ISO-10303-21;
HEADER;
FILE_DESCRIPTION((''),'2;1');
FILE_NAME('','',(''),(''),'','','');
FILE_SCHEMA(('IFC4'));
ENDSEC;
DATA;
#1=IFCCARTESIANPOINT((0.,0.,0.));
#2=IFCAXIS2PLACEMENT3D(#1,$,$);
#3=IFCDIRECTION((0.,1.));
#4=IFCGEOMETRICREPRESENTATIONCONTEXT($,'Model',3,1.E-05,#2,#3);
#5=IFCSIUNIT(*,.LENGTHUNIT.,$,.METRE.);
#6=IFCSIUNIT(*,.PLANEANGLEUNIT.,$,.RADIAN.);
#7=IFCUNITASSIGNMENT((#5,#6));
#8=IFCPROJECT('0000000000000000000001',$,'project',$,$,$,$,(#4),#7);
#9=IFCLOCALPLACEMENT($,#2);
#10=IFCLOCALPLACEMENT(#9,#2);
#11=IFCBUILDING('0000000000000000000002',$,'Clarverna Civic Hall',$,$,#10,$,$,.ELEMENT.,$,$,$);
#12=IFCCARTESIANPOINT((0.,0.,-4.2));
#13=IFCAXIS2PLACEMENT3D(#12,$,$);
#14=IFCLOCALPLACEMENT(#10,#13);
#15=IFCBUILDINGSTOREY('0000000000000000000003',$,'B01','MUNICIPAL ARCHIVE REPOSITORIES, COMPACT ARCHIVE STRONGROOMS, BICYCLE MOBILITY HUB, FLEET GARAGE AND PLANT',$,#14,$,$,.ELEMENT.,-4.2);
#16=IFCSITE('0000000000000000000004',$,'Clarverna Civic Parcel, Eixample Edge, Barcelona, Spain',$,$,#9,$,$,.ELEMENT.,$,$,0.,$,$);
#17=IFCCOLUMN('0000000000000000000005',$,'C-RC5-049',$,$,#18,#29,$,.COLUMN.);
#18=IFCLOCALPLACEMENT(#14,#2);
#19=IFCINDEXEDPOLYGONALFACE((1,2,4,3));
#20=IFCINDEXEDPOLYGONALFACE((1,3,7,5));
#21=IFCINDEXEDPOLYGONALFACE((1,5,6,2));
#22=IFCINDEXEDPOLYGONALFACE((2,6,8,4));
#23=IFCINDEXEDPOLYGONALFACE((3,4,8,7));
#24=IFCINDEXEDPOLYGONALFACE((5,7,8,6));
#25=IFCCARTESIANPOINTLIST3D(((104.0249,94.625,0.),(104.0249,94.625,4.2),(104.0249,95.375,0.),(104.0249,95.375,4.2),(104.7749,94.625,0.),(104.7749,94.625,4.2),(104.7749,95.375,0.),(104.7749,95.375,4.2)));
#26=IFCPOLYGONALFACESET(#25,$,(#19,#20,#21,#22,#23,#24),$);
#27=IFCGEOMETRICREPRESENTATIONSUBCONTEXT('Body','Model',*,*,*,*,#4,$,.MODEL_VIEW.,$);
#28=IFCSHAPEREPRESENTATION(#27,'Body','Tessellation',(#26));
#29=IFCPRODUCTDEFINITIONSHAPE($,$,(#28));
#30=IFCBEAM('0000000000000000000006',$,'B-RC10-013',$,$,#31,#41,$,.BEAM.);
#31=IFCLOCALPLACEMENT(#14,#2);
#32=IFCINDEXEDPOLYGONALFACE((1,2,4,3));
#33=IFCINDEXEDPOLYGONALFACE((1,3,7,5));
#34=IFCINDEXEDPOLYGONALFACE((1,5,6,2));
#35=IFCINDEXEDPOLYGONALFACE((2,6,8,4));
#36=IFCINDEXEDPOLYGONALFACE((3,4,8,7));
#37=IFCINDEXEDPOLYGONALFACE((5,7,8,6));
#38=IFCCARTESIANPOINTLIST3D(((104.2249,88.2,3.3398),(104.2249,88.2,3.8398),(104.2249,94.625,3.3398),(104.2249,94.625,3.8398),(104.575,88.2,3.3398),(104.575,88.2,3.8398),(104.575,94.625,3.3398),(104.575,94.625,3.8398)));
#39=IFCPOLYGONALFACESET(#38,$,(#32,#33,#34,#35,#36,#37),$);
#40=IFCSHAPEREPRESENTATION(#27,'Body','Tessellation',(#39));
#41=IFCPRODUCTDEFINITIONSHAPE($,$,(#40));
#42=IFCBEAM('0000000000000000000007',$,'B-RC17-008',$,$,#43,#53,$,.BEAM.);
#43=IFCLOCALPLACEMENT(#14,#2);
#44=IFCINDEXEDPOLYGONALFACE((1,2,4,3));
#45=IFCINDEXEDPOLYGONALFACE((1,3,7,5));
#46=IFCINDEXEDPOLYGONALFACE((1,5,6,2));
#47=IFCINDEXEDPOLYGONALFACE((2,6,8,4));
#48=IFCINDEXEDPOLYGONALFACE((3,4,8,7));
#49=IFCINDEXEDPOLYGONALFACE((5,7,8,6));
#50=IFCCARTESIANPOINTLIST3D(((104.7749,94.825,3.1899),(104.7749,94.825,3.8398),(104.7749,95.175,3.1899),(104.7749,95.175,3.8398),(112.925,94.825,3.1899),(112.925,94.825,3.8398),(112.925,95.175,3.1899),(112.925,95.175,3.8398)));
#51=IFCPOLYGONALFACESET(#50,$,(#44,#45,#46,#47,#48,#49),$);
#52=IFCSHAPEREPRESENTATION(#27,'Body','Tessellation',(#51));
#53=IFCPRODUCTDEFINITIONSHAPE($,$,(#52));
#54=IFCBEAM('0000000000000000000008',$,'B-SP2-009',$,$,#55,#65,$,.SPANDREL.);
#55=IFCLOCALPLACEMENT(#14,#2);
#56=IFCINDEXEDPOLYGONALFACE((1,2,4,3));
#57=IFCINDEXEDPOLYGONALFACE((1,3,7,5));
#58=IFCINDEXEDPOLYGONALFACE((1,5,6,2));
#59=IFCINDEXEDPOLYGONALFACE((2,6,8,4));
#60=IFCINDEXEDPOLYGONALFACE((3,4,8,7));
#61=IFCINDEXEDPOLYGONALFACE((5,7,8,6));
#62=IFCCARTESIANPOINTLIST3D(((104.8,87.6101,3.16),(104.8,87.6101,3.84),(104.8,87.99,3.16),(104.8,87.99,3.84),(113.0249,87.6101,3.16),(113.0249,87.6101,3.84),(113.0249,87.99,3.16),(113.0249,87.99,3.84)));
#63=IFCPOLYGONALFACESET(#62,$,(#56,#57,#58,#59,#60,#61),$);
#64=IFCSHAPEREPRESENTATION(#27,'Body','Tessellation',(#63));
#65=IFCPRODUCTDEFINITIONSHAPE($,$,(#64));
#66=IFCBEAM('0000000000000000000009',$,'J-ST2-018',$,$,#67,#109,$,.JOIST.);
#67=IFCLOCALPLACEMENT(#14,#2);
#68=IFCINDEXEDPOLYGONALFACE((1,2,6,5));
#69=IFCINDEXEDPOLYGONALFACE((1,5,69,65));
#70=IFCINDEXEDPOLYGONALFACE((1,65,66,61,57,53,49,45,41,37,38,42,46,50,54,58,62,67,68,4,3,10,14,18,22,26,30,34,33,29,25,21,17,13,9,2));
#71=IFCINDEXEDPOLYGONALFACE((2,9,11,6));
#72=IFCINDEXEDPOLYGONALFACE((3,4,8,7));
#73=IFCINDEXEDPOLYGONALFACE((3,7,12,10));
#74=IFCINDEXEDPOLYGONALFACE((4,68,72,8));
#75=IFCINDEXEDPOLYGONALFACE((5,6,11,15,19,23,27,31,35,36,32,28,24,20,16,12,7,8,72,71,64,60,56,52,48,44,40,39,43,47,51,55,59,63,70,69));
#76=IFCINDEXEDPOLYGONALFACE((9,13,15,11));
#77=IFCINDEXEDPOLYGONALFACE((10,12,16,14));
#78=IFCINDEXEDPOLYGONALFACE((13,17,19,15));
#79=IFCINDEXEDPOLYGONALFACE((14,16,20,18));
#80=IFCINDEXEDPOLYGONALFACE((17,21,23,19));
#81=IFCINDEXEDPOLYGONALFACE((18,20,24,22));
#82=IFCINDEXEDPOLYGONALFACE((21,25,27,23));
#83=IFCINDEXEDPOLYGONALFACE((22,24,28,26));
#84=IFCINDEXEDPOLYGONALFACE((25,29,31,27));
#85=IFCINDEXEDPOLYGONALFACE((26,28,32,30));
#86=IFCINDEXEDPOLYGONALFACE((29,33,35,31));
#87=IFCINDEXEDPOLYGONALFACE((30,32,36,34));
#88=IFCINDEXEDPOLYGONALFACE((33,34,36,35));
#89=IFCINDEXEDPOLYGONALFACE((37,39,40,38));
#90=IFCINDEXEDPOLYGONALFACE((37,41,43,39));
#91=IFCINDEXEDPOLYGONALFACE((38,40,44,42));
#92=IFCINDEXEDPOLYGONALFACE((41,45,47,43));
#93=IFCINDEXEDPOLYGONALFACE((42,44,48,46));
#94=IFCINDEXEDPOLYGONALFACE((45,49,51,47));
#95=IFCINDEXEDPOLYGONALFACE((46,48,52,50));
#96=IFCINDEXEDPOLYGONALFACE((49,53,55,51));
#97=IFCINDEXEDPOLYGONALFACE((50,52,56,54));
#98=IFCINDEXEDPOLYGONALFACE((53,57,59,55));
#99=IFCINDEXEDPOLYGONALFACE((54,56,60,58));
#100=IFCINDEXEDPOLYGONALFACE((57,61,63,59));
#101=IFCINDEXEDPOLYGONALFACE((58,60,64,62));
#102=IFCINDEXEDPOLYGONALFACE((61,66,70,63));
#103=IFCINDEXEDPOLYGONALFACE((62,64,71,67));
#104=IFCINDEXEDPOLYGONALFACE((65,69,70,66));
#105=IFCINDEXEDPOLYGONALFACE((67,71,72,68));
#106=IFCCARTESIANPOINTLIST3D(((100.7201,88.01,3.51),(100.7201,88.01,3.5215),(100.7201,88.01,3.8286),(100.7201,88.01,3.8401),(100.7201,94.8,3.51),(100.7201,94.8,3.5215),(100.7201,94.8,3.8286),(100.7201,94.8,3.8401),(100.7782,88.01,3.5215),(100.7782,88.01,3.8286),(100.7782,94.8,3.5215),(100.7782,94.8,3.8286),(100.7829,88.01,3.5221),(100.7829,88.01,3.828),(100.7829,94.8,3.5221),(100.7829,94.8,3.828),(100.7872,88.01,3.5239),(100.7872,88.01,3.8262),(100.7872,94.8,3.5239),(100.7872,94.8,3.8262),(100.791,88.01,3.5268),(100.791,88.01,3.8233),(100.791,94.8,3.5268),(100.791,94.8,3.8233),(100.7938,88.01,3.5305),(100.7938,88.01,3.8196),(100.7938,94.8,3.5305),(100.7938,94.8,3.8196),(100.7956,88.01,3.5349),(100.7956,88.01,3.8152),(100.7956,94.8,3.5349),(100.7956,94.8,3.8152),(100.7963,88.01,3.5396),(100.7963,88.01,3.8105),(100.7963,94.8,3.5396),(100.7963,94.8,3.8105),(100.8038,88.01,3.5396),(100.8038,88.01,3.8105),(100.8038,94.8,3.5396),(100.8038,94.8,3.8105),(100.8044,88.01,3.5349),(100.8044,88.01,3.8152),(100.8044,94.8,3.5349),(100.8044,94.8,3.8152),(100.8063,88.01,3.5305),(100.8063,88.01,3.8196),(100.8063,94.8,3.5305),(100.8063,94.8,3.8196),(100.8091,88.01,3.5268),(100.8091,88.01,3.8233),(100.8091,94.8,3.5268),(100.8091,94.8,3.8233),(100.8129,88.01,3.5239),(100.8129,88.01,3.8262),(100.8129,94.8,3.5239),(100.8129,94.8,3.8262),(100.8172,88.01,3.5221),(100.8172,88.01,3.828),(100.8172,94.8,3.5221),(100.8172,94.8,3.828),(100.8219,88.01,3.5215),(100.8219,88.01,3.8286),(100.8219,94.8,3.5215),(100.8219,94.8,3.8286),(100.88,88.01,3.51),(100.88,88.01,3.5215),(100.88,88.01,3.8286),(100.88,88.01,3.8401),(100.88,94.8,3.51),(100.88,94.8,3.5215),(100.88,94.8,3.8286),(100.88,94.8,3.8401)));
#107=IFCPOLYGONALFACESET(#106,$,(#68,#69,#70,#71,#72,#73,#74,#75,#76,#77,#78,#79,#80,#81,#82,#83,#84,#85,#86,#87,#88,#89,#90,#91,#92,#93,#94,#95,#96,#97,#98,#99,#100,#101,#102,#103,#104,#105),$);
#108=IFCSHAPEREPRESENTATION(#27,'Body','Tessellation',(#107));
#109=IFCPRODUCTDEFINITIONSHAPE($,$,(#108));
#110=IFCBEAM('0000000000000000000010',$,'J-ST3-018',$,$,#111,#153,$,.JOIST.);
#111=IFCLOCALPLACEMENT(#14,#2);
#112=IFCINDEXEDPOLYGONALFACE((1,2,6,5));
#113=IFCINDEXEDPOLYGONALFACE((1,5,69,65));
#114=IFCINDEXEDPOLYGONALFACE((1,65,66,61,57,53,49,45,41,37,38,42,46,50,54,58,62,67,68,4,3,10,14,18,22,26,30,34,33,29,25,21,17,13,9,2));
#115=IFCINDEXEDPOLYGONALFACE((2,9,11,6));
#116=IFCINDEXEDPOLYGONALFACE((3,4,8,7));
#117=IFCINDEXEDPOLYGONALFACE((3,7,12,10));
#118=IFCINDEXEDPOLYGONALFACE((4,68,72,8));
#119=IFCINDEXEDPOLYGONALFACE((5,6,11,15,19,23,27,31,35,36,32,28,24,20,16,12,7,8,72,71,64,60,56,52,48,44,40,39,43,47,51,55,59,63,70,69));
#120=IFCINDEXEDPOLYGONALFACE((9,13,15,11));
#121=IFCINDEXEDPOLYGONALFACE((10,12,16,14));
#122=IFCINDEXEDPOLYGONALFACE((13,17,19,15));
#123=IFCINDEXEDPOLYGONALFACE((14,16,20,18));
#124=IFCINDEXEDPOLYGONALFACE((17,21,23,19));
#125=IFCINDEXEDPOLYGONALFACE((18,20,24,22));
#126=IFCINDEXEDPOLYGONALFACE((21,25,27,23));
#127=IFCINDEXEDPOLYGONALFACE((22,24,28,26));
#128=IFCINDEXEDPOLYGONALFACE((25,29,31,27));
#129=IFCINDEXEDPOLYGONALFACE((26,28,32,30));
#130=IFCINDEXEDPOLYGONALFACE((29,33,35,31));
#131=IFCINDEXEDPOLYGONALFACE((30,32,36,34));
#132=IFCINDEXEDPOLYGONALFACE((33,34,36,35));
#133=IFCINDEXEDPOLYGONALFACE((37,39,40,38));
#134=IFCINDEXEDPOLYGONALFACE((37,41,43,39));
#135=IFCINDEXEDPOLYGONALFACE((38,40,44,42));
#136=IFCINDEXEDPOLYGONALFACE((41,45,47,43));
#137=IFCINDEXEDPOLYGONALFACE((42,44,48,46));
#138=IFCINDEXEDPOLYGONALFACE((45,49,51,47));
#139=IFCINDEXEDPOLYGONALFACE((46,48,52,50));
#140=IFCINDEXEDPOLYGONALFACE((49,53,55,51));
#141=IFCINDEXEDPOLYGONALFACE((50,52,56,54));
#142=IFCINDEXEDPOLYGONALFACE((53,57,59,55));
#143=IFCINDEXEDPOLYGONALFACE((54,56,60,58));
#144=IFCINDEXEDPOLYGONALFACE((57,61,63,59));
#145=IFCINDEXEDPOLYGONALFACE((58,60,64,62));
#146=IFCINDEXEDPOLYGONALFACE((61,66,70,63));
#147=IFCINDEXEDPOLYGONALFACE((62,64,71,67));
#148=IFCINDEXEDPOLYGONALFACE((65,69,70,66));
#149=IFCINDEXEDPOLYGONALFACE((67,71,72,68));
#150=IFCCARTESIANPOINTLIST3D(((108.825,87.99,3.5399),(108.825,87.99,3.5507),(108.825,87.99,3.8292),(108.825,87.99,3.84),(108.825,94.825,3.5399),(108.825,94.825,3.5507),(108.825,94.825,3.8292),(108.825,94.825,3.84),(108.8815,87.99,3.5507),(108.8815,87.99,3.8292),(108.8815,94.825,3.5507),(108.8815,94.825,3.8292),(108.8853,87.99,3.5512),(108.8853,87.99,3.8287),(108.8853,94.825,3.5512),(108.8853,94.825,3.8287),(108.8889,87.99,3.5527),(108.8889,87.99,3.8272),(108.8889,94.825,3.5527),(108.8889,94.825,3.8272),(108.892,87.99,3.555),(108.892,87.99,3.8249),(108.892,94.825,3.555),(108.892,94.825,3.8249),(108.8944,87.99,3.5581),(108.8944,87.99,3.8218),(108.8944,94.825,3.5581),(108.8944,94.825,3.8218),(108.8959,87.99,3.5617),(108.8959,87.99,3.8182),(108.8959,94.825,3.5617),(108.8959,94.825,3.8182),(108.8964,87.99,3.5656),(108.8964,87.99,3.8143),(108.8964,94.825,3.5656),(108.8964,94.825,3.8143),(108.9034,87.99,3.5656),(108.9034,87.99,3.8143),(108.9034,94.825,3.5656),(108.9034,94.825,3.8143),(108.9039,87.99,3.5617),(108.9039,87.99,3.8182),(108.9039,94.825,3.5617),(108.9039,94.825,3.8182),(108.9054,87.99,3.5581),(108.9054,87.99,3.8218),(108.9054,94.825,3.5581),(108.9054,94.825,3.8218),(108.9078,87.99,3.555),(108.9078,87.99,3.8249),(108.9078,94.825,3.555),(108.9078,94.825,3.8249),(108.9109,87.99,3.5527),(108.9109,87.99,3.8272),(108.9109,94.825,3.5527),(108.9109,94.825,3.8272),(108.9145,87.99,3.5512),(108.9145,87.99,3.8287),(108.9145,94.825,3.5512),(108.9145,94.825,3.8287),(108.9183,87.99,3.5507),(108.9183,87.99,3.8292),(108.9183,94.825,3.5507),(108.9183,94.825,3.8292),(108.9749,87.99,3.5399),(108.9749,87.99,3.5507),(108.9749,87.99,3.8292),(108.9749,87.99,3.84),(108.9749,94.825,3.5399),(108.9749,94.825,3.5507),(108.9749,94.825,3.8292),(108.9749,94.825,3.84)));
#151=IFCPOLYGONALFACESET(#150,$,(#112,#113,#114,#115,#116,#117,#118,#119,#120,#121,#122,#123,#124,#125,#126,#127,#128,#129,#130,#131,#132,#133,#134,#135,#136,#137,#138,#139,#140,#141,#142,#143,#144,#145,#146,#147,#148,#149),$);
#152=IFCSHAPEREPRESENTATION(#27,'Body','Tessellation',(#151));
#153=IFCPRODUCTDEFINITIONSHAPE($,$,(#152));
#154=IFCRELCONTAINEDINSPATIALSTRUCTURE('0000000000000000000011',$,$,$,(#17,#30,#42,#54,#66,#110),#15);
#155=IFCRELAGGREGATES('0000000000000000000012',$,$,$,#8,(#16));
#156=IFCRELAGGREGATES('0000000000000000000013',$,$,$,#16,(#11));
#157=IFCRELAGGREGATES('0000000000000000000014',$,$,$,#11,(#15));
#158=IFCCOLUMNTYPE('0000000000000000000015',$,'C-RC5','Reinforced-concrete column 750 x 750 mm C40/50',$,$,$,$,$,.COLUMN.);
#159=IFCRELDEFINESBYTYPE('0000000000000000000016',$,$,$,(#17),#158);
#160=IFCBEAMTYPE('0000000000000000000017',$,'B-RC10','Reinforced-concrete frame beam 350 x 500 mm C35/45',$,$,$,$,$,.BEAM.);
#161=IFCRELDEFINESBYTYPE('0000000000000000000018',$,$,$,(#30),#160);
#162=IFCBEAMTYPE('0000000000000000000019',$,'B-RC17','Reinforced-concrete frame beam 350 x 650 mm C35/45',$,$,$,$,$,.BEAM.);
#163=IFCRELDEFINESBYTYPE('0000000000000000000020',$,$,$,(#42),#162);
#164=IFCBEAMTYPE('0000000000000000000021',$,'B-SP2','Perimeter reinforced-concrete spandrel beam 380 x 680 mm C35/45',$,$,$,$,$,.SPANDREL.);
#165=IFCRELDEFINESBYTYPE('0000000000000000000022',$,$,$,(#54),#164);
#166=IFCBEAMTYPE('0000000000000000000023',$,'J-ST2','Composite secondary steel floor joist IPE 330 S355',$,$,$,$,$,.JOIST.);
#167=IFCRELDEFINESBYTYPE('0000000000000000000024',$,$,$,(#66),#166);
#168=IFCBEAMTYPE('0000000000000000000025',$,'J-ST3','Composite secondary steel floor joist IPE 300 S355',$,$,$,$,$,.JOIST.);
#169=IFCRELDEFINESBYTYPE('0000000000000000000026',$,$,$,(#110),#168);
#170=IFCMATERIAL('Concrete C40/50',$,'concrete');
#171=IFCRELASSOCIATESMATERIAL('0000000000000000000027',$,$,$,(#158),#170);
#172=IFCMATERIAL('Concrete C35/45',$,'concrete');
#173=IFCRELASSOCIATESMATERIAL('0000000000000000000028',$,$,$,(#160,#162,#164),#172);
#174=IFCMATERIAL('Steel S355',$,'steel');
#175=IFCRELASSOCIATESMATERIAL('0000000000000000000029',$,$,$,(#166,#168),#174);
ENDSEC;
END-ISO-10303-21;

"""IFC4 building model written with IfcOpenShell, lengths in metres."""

from ifc_helpers import new_model, si_unit, direction, frame, origin, origin_2d, place, context, subcontext, project, spatial, rectangle, i_section, extrude, material, material_profile, profile_set, type_object, element, save


model = new_model("IFC4")

# Units and contexts
model_context = context("Model", 3, precision=1e-05, world=origin(), true_north=direction((0.0, 1.0)))
body_context = subcontext(model_context, "Body", "Model", "MODEL_VIEW")
ifc_project = project(units=[si_unit("LENGTHUNIT", "METRE"), si_unit("PLANEANGLEUNIT", "RADIAN")], contexts=[model_context])

# Site, building, storey
site_placement = place(None, origin())
site = spatial("IfcSite", under=ifc_project, at=site_placement, Name="Clarverna Civic Parcel, Eixample Edge, Barcelona, Spain", CompositionType="ELEMENT", RefElevation=0.0)
building_placement = place(site_placement, origin())
building = spatial("IfcBuilding", under=site, at=building_placement, Name="Clarverna Civic Hall", CompositionType="ELEMENT")
storey_placement = place(building_placement, frame((0.0, 0.0, -4.2)))
storey = spatial("IfcBuildingStorey", under=building, at=storey_placement, Name="B01", Description="MUNICIPAL ARCHIVE REPOSITORIES, COMPACT ARCHIVE STRONGROOMS, BICYCLE MOBILITY HUB, FLEET GARAGE AND PLANT", CompositionType="ELEMENT", Elevation=-4.2)

# Column
ifc_material_1 = material(Name="Concrete C40/50", Category="concrete")
ifc_material_profile_1 = material_profile(ifc_material_1, rectangle(XDim=0.75, YDim=0.75, at=origin_2d()), Name="RC 750x750")
ifc_profile_set_1 = profile_set([ifc_material_profile_1], Name="Concrete C40/50")
column_type_1 = type_object("IfcColumnType", Name="C-RC5", Description="Reinforced-concrete column 750 x 750 mm C40/50", PredefinedType="COLUMN", material=ifc_profile_set_1)
column_1_placement = place(storey_placement, frame((104.3999, 95.0, 0.0), z_axis=(0.0, 0.0, 1.0), x_axis=(1.0, 0.0, 0.0)))
element("IfcColumn", 1, at=column_1_placement, inside=storey, type_object=column_type_1, Name="C-RC5-049", PredefinedType="COLUMN", context=body_context, shape_type="SweptSolid", body=[
    extrude(rectangle(XDim=0.75, YDim=0.75, at=origin_2d()), origin(), (0.0, 0.0, 1.0), 4.2),
])

# Beams
ifc_material_2 = material(Name="Concrete C35/45", Category="concrete")
ifc_material_profile_2 = material_profile(ifc_material_2, rectangle(XDim=0.3501, YDim=0.5, at=origin_2d()), Name="RC 350x500")
ifc_profile_set_2 = profile_set([ifc_material_profile_2], Name="Concrete C35/45")
beam_type_1 = type_object("IfcBeamType", Name="B-RC10", Description="Reinforced-concrete frame beam 350 x 500 mm C35/45", PredefinedType="BEAM", material=ifc_profile_set_2)
beam_1_placement = place(storey_placement, frame((104.3999, 88.2, 3.5898), z_axis=(0.0, 1.0, 0.0), x_axis=(-1.0, 0.0, 0.0)))
element("IfcBeam", 2, at=beam_1_placement, inside=storey, type_object=beam_type_1, Name="B-RC10-013", PredefinedType="BEAM", context=body_context, shape_type="SweptSolid", body=[
    extrude(rectangle(XDim=0.3501, YDim=0.5, at=origin_2d()), origin(), (0.0, 0.0, 1.0), 6.425),
])
ifc_material_profile_3 = material_profile(ifc_material_2, rectangle(XDim=0.3501, YDim=0.6499, at=origin_2d()), Name="RC 350x650")
ifc_profile_set_3 = profile_set([ifc_material_profile_3], Name="Concrete C35/45")
beam_type_2 = type_object("IfcBeamType", Name="B-RC17", Description="Reinforced-concrete frame beam 350 x 650 mm C35/45", PredefinedType="BEAM", material=ifc_profile_set_3)
beam_2_placement = place(storey_placement, frame((104.7749, 95.0, 3.5149), z_axis=(1.0, 0.0, 0.0), x_axis=(0.0, 1.0, 0.0)))
element("IfcBeam", 3, at=beam_2_placement, inside=storey, type_object=beam_type_2, Name="B-RC17-008", PredefinedType="BEAM", context=body_context, shape_type="SweptSolid", body=[
    extrude(rectangle(XDim=0.3501, YDim=0.6499, at=origin_2d()), origin(), (0.0, 0.0, 1.0), 8.1501),
])
ifc_material_profile_4 = material_profile(ifc_material_2, rectangle(XDim=0.3799, YDim=0.6799, at=origin_2d()), Name="RC 380x680")
ifc_profile_set_4 = profile_set([ifc_material_profile_4], Name="Concrete C35/45")
beam_type_3 = type_object("IfcBeamType", Name="B-SP2", Description="Perimeter reinforced-concrete spandrel beam 380 x 680 mm C35/45", PredefinedType="SPANDREL", material=ifc_profile_set_4)
beam_3_placement = place(storey_placement, frame((104.8, 87.8, 3.5), z_axis=(1.0, 0.0, 0.0), x_axis=(0.0, 1.0, 0.0)))
element("IfcBeam", 4, at=beam_3_placement, inside=storey, type_object=beam_type_3, Name="B-SP2-009", PredefinedType="SPANDREL", context=body_context, shape_type="SweptSolid", body=[
    extrude(rectangle(XDim=0.3799, YDim=0.6799, at=origin_2d()), origin(), (0.0, 0.0, 1.0), 8.2249),
])
ifc_material_3 = material(Name="Steel S355", Category="steel")
ifc_material_profile_5 = material_profile(ifc_material_3, i_section(OverallWidth=0.1599, OverallDepth=0.3301, WebThickness=0.0076, FlangeThickness=0.0115, FilletRadius=0.0181, at=origin_2d()), Name="IPE 330")
ifc_profile_set_5 = profile_set([ifc_material_profile_5], Name="Steel S355")
beam_type_4 = type_object("IfcBeamType", Name="J-ST2", Description="Composite secondary steel floor joist IPE 330 S355", PredefinedType="JOIST", material=ifc_profile_set_5)
beam_4_placement = place(storey_placement, frame((100.8, 88.01, 3.675), z_axis=(0.0, 1.0, 0.0), x_axis=(-1.0, 0.0, 0.0)))
element("IfcBeam", 5, at=beam_4_placement, inside=storey, type_object=beam_type_4, Name="J-ST2-018", PredefinedType="JOIST", context=body_context, shape_type="SweptSolid", body=[
    extrude(i_section(OverallWidth=0.1599, OverallDepth=0.3301, WebThickness=0.0076, FlangeThickness=0.0115, FilletRadius=0.0181, at=origin_2d()), origin(), (0.0, 0.0, 1.0), 6.79),
])
ifc_material_profile_6 = material_profile(ifc_material_3, i_section(OverallWidth=0.1499, OverallDepth=0.3, WebThickness=0.0071, FlangeThickness=0.0107, FilletRadius=0.0149, at=origin_2d()), Name="IPE 300")
ifc_profile_set_6 = profile_set([ifc_material_profile_6], Name="Steel S355")
beam_type_5 = type_object("IfcBeamType", Name="J-ST3", Description="Composite secondary steel floor joist IPE 300 S355", PredefinedType="JOIST", material=ifc_profile_set_6)
beam_5_placement = place(storey_placement, frame((108.8999, 87.99, 3.6899), z_axis=(0.0, 1.0, 0.0), x_axis=(-1.0, 0.0, 0.0)))
element("IfcBeam", 6, at=beam_5_placement, inside=storey, type_object=beam_type_5, Name="J-ST3-018", PredefinedType="JOIST", context=body_context, shape_type="SweptSolid", body=[
    extrude(i_section(OverallWidth=0.1499, OverallDepth=0.3, WebThickness=0.0071, FlangeThickness=0.0107, FilletRadius=0.0149, at=origin_2d()), origin(), (0.0, 0.0, 1.0), 6.835),
])

save(model, "model.ifc")
